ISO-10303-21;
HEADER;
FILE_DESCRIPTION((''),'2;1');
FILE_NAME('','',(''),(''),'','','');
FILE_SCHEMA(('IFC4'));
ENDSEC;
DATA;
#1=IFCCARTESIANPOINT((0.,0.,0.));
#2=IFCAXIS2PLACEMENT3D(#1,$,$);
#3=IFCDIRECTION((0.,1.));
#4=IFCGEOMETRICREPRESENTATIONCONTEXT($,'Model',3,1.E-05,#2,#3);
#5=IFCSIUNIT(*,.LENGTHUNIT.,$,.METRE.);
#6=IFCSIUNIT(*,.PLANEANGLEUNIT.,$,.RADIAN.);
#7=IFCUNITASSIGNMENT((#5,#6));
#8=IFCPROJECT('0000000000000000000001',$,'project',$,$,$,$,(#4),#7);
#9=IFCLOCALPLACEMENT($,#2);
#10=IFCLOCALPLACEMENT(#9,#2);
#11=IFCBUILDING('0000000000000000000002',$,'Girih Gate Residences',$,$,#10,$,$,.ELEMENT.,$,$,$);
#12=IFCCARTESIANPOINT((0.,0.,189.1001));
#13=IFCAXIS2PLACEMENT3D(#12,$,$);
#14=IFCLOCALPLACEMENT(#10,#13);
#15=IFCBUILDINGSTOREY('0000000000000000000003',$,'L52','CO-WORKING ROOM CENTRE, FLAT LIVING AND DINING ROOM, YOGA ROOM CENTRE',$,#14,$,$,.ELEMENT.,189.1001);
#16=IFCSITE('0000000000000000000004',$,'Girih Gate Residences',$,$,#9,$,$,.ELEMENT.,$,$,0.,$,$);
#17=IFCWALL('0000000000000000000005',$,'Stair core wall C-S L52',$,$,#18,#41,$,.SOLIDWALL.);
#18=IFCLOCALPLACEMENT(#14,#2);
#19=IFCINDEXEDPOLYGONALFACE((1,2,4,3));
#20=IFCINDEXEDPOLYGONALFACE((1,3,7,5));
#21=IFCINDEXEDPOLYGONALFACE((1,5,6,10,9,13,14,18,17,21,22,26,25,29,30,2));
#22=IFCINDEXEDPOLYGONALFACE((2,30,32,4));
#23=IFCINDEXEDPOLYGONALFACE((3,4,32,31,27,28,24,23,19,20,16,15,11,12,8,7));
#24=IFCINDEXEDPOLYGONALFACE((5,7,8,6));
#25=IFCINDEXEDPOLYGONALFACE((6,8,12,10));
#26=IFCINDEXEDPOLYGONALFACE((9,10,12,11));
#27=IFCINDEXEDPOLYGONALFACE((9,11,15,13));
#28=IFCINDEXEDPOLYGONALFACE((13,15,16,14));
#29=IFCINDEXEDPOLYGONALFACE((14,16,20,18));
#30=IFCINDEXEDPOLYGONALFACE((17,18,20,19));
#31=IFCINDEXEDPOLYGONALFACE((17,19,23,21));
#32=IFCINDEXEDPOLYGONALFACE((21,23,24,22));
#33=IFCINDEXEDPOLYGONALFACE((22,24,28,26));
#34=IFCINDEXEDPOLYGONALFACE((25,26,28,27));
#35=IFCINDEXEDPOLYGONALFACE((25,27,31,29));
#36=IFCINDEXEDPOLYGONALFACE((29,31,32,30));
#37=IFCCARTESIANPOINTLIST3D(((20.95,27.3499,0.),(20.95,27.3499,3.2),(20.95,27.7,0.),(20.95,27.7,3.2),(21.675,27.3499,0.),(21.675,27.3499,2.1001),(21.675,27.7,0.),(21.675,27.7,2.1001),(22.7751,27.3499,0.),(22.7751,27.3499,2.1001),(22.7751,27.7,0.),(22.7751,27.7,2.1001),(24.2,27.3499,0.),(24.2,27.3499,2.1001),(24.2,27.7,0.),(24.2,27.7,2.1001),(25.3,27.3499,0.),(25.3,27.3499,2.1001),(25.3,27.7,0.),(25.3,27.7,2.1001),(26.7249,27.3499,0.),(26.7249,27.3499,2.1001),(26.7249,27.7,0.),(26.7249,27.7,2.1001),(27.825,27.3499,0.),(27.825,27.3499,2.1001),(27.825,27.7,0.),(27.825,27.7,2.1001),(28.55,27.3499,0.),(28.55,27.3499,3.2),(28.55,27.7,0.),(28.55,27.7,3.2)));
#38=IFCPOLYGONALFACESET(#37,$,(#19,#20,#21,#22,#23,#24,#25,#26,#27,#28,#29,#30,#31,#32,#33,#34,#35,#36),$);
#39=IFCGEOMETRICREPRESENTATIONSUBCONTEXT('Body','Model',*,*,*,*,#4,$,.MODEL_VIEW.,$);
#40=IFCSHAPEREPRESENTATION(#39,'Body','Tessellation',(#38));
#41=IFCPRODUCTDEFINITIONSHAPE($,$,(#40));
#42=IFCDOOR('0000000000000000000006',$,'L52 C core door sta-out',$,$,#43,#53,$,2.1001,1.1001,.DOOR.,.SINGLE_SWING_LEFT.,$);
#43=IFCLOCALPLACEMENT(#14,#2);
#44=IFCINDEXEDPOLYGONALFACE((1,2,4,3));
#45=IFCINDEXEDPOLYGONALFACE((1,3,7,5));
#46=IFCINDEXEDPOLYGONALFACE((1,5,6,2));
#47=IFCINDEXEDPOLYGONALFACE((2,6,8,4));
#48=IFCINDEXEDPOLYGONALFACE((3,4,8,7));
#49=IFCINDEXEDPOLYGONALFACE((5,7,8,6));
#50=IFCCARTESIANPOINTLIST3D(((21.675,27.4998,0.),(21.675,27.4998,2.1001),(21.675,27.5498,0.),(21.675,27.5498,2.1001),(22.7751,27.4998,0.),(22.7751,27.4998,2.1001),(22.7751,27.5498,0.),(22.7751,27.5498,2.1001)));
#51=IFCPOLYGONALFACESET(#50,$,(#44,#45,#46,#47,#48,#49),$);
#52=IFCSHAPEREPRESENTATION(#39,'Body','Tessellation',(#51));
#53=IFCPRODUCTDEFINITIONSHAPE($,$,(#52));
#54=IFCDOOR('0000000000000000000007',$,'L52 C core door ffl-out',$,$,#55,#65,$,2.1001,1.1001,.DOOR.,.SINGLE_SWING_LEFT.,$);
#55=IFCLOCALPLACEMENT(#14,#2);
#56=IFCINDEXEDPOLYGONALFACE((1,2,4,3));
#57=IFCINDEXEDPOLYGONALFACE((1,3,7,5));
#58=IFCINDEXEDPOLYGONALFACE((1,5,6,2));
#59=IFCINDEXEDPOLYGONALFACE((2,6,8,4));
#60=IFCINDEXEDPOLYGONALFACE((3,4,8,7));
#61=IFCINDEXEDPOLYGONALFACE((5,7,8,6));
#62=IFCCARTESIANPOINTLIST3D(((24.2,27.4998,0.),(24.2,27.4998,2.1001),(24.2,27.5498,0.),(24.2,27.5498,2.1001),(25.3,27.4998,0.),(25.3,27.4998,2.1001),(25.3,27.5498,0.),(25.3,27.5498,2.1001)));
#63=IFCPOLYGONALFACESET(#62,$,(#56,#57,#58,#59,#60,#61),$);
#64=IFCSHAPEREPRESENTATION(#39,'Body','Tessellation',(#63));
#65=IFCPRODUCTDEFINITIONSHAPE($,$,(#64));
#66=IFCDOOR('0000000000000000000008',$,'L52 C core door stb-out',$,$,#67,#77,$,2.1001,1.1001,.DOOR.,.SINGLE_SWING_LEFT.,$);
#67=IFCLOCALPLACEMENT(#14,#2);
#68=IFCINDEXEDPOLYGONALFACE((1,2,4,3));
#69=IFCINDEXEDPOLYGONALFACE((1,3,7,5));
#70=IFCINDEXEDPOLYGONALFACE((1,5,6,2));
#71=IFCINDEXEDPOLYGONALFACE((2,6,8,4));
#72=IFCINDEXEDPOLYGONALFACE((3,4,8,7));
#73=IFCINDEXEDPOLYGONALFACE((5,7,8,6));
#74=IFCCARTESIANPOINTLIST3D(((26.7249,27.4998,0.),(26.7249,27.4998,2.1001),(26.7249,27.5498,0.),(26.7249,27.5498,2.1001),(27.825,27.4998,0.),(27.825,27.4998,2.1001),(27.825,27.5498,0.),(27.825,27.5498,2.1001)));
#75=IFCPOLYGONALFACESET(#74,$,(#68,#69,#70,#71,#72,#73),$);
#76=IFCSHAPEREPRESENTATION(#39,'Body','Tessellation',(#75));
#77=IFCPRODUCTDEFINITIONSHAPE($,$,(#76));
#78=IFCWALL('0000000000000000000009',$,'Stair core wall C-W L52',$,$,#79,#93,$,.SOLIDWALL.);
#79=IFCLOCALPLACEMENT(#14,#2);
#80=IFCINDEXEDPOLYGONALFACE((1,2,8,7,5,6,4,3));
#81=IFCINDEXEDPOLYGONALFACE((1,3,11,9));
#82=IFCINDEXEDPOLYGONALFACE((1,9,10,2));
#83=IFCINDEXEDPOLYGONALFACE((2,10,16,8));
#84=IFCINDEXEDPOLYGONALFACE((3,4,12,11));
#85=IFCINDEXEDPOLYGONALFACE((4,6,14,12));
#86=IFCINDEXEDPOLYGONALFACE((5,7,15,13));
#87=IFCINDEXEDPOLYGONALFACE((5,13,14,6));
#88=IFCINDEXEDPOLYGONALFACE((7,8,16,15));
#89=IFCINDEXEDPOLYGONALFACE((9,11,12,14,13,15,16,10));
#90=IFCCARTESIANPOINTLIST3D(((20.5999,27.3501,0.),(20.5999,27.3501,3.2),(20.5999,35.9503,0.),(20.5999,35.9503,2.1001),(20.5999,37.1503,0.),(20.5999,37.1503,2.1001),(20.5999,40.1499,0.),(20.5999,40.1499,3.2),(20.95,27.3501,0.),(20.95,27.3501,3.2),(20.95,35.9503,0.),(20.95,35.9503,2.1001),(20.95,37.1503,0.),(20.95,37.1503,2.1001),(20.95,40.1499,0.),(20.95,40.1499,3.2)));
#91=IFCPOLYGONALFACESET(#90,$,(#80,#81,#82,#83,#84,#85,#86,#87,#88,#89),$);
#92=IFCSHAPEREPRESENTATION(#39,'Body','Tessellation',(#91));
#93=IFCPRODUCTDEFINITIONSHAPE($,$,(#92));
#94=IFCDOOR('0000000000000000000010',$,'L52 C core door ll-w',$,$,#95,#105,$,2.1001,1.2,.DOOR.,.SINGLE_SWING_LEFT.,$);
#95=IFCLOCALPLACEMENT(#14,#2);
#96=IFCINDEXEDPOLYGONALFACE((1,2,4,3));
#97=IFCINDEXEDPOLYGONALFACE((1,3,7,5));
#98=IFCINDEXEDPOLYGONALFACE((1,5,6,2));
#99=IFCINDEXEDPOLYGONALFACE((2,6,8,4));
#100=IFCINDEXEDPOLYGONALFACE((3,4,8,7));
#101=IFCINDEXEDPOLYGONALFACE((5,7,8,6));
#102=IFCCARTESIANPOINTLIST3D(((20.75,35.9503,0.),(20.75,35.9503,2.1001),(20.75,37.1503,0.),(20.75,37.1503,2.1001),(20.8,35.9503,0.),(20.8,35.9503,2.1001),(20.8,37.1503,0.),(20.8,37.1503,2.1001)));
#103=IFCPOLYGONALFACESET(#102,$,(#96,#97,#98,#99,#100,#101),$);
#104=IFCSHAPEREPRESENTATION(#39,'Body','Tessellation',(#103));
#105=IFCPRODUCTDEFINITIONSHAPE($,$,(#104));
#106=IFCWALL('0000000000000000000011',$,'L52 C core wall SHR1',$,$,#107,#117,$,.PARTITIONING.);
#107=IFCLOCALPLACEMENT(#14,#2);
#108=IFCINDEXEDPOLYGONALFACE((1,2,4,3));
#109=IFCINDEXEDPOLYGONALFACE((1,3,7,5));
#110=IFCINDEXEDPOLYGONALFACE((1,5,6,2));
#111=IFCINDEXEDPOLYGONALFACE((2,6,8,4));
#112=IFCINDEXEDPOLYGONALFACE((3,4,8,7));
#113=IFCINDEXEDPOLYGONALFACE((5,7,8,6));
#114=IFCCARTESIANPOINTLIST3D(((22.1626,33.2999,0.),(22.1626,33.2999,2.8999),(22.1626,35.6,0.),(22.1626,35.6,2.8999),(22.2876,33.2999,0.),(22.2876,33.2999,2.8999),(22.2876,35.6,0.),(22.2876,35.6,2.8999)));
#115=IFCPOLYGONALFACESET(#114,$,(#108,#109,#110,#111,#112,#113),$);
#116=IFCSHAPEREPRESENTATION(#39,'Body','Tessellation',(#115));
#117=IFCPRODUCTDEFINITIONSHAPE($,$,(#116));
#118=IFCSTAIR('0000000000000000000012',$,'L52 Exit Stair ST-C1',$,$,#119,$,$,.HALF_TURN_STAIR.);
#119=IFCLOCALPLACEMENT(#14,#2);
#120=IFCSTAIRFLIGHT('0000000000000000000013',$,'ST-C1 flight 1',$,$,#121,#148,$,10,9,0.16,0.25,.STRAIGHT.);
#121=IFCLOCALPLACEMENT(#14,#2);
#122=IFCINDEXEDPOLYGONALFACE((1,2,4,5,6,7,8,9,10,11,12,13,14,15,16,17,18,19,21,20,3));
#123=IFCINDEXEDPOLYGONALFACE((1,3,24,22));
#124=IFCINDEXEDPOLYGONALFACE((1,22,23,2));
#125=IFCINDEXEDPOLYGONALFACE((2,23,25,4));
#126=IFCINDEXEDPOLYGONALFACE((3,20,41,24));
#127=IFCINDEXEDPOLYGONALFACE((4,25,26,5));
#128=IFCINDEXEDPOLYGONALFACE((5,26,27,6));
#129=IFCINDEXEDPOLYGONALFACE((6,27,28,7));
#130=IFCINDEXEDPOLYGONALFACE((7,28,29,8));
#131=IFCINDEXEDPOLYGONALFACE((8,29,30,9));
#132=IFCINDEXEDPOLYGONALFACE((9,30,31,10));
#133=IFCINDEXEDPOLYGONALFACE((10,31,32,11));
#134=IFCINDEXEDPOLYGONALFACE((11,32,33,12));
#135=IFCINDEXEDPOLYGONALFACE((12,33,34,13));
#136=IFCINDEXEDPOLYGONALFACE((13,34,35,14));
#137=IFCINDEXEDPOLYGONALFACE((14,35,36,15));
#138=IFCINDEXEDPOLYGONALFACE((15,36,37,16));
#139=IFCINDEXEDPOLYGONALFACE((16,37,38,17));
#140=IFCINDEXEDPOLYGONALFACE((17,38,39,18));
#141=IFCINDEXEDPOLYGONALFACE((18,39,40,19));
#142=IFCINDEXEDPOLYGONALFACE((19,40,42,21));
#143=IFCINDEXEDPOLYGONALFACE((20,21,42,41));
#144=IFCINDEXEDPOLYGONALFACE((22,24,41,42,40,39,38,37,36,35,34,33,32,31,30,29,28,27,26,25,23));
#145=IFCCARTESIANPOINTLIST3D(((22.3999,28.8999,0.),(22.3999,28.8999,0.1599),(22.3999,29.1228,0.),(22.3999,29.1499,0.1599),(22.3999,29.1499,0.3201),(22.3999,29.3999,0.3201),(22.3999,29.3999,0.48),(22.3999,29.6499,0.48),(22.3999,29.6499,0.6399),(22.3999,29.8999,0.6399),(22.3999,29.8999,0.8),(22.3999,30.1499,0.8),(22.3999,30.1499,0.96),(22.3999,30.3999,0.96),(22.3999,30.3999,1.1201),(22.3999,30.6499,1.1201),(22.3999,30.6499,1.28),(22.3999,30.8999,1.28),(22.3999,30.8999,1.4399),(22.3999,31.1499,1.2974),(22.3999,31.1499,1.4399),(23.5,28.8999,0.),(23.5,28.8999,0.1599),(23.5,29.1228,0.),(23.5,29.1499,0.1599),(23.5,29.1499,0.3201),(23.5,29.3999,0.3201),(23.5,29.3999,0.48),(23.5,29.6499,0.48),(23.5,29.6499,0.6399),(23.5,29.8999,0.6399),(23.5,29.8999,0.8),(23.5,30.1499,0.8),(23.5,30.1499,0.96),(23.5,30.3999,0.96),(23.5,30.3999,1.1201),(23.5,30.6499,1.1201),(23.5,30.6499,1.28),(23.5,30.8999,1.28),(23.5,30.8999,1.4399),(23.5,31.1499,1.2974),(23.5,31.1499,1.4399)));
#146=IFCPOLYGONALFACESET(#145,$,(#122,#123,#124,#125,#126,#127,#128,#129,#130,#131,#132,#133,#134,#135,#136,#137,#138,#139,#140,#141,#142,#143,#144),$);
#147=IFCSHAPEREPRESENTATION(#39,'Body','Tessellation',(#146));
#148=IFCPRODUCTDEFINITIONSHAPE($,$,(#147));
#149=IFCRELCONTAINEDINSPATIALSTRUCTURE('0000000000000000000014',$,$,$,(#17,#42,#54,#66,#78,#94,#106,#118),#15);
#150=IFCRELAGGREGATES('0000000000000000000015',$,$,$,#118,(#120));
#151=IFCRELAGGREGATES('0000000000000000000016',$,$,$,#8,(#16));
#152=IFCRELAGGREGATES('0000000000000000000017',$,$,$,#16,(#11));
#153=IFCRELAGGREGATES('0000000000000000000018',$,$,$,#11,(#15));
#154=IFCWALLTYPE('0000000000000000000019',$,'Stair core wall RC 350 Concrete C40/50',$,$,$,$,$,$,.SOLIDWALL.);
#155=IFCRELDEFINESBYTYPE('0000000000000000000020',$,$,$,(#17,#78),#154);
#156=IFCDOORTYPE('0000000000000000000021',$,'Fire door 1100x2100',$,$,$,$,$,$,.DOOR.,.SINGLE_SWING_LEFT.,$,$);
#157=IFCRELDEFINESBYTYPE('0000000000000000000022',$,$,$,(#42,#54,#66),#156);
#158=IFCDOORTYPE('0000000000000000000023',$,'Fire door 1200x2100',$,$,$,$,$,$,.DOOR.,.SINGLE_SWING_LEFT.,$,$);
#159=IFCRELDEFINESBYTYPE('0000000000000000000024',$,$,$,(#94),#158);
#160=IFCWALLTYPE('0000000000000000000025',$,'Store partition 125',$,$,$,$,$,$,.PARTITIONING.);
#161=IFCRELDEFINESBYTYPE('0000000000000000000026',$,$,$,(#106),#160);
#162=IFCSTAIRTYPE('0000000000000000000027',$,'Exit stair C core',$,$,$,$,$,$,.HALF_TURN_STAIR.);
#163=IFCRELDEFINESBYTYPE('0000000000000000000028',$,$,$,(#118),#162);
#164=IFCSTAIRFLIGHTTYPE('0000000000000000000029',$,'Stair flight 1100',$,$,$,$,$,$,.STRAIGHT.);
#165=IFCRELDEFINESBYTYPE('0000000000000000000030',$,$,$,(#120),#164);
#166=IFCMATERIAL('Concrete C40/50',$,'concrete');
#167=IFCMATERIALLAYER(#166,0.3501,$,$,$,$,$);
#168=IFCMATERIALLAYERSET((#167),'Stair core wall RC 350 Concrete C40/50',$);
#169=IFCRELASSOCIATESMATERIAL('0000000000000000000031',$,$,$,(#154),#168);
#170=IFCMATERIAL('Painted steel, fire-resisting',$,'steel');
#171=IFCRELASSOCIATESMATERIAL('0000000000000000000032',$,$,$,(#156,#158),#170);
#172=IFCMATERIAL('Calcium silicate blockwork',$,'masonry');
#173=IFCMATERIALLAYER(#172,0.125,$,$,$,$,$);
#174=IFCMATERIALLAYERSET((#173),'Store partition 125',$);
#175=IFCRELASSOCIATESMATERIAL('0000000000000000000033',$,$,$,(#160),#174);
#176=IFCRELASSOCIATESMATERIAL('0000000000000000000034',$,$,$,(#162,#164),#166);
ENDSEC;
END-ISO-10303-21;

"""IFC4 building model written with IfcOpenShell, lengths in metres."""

from ifc_helpers import new_model, si_unit, direction, frame, frame_2d, origin, place, context, subcontext, project, spatial, polyline, rectangle, outline, extrude, material, layer, layer_set, type_object, element, fill, aggregate, save


model = new_model("IFC4")

# Units and contexts
model_context = context("Model", 3, precision=1e-05, world=origin(), true_north=direction((0.0, 1.0)))
body_context = subcontext(model_context, "Body", "Model", "MODEL_VIEW")
ifc_project = project(units=[si_unit("LENGTHUNIT", "METRE"), si_unit("PLANEANGLEUNIT", "RADIAN")], contexts=[model_context])

# Site, building, storey
site_placement = place(None, origin())
site = spatial("IfcSite", under=ifc_project, at=site_placement, Name="Girih Gate Residences", CompositionType="ELEMENT", RefElevation=0.0)
building_placement = place(site_placement, origin())
building = spatial("IfcBuilding", under=site, at=building_placement, Name="Girih Gate Residences", CompositionType="ELEMENT")
storey_placement = place(building_placement, frame((0.0, 0.0, 189.1001)))
storey = spatial("IfcBuildingStorey", under=building, at=storey_placement, Name="L52", Description="CO-WORKING ROOM CENTRE, FLAT LIVING AND DINING ROOM, YOGA ROOM CENTRE", CompositionType="ELEMENT", Elevation=189.1001)

# Shared definitions
ifc_material_1 = material(Name="Concrete C40/50", Category="concrete")
ifc_material_2 = material(Name="Painted steel, fire-resisting", Category="steel")

# Wall, openings, doors
ifc_layer_1 = layer(ifc_material_1, 0.3501)
ifc_layer_set_1 = layer_set([ifc_layer_1], Name="Stair core wall RC 350 Concrete C40/50")
wall_type_1 = type_object("IfcWallType", Name="Stair core wall RC 350 Concrete C40/50", PredefinedType="SOLIDWALL", material=ifc_layer_set_1)
wall_1_placement = place(storey_placement, frame((20.95, 27.5249, 0.0), z_axis=(0.0, 0.0, 1.0), x_axis=(1.0, 0.0, 0.0)))
wall_1 = element("IfcWall", 1, at=wall_1_placement, inside=storey, type_object=wall_type_1, Name="Stair core wall C-S L52", PredefinedType="SOLIDWALL", context=body_context, shape_type="SweptSolid", body=[
    extrude(rectangle(XDim=7.6001, YDim=0.3501, at=frame_2d((3.8, 0.0))), origin(), (0.0, 0.0, 1.0), 3.2),
])
opening_1_placement = place(wall_1_placement, frame((0.7251, 0.0, 0.0)))
opening_1 = element("IfcOpeningElement", 2, at=opening_1_placement, cuts=wall_1, PredefinedType="OPENING", context=body_context, shape_type="SweptSolid", body=[
    extrude(rectangle(XDim=1.1001, YDim=2.1001, at=frame_2d((0.55, 1.05))), frame((0.0, 0.1851, 0.0), z_axis=(0.0, -1.0, 0.0), x_axis=(1.0, 0.0, 0.0)), (0.0, 0.0, 1.0), 0.3701),
])
opening_2_placement = place(wall_1_placement, frame((3.25, 0.0, 0.0)))
opening_2 = element("IfcOpeningElement", 3, at=opening_2_placement, cuts=wall_1, PredefinedType="OPENING", context=body_context, shape_type="SweptSolid", body=[
    extrude(rectangle(XDim=1.1001, YDim=2.1001, at=frame_2d((0.55, 1.05))), frame((0.0, 0.1851, 0.0), z_axis=(0.0, -1.0, 0.0), x_axis=(1.0, 0.0, 0.0)), (0.0, 0.0, 1.0), 0.3701),
])
opening_3_placement = place(wall_1_placement, frame((5.7749, 0.0, 0.0)))
opening_3 = element("IfcOpeningElement", 4, at=opening_3_placement, cuts=wall_1, PredefinedType="OPENING", context=body_context, shape_type="SweptSolid", body=[
    extrude(rectangle(XDim=1.1001, YDim=2.1001, at=frame_2d((0.55, 1.05))), frame((0.0, 0.1851, 0.0), z_axis=(0.0, -1.0, 0.0), x_axis=(1.0, 0.0, 0.0)), (0.0, 0.0, 1.0), 0.3701),
])
door_type_1 = type_object("IfcDoorType", Name="Fire door 1100x2100", OperationType="SINGLE_SWING_LEFT", PredefinedType="DOOR", material=ifc_material_2)
door_1_placement = place(opening_1_placement, origin())
door_1 = element("IfcDoor", 5, at=door_1_placement, inside=storey, type_object=door_type_1, Name="L52 C core door sta-out", OperationType="SINGLE_SWING_LEFT", OverallHeight=2.1001, OverallWidth=1.1001, PredefinedType="DOOR", context=body_context, shape_type="SweptSolid", body=[
    extrude(rectangle(XDim=1.1001, YDim=2.1001, at=frame_2d((0.55, 1.05))), frame((0.0, 0.0249, 0.0), z_axis=(0.0, -1.0, 0.0), x_axis=(1.0, 0.0, 0.0)), (0.0, 0.0, 1.0), 0.05),
])
fill(opening_1, door_1)
door_2_placement = place(opening_2_placement, origin())
door_2 = element("IfcDoor", 6, at=door_2_placement, inside=storey, type_object=door_type_1, Name="L52 C core door ffl-out", OperationType="SINGLE_SWING_LEFT", OverallHeight=2.1001, OverallWidth=1.1001, PredefinedType="DOOR", context=body_context, shape_type="SweptSolid", body=[
    extrude(rectangle(XDim=1.1001, YDim=2.1001, at=frame_2d((0.55, 1.05))), frame((0.0, 0.0249, 0.0), z_axis=(0.0, -1.0, 0.0), x_axis=(1.0, 0.0, 0.0)), (0.0, 0.0, 1.0), 0.05),
])
fill(opening_2, door_2)
door_3_placement = place(opening_3_placement, origin())
door_3 = element("IfcDoor", 7, at=door_3_placement, inside=storey, type_object=door_type_1, Name="L52 C core door stb-out", OperationType="SINGLE_SWING_LEFT", OverallHeight=2.1001, OverallWidth=1.1001, PredefinedType="DOOR", context=body_context, shape_type="SweptSolid", body=[
    extrude(rectangle(XDim=1.1001, YDim=2.1001, at=frame_2d((0.55, 1.05))), frame((0.0, 0.0249, 0.0), z_axis=(0.0, -1.0, 0.0), x_axis=(1.0, 0.0, 0.0)), (0.0, 0.0, 1.0), 0.05),
])
fill(opening_3, door_3)

# Wall, opening, door
wall_2_placement = place(storey_placement, frame((20.7749, 27.3501, 0.0), z_axis=(0.0, 0.0, 1.0), x_axis=(0.0, 1.0, 0.0)))
wall_2 = element("IfcWall", 8, at=wall_2_placement, inside=storey, type_object=wall_type_1, Name="Stair core wall C-W L52", PredefinedType="SOLIDWALL", context=body_context, shape_type="SweptSolid", body=[
    extrude(rectangle(XDim=12.7998, YDim=0.3501, at=frame_2d((6.3999, 0.0))), origin(), (0.0, 0.0, 1.0), 3.2),
])
opening_4_placement = place(wall_2_placement, frame((8.6001, 0.0, 0.0)))
opening_4 = element("IfcOpeningElement", 9, at=opening_4_placement, cuts=wall_2, PredefinedType="OPENING", context=body_context, shape_type="SweptSolid", body=[
    extrude(rectangle(XDim=1.2, YDim=2.1001, at=frame_2d((0.6001, 1.05))), frame((0.0, 0.1851, 0.0), z_axis=(0.0, -1.0, 0.0), x_axis=(1.0, 0.0, 0.0)), (0.0, 0.0, 1.0), 0.3701),
])
door_type_2 = type_object("IfcDoorType", Name="Fire door 1200x2100", OperationType="SINGLE_SWING_LEFT", PredefinedType="DOOR", material=ifc_material_2)
door_4_placement = place(opening_4_placement, origin())
door_4 = element("IfcDoor", 10, at=door_4_placement, inside=storey, type_object=door_type_2, Name="L52 C core door ll-w", OperationType="SINGLE_SWING_LEFT", OverallHeight=2.1001, OverallWidth=1.2, PredefinedType="DOOR", context=body_context, shape_type="SweptSolid", body=[
    extrude(rectangle(XDim=1.2, YDim=2.1001, at=frame_2d((0.6001, 1.05))), frame((0.0, 0.0249, 0.0), z_axis=(0.0, -1.0, 0.0), x_axis=(1.0, 0.0, 0.0)), (0.0, 0.0, 1.0), 0.05),
])
fill(opening_4, door_4)

# Wall
ifc_material_3 = material(Name="Calcium silicate blockwork", Category="masonry")
ifc_layer_2 = layer(ifc_material_3, 0.125)
ifc_layer_set_2 = layer_set([ifc_layer_2], Name="Store partition 125")
wall_type_2 = type_object("IfcWallType", Name="Store partition 125", PredefinedType="PARTITIONING", material=ifc_layer_set_2)
wall_3_placement = place(storey_placement, frame((22.2251, 33.3, 0.0), z_axis=(0.0, 0.0, 1.0), x_axis=(0.0, 1.0, 0.0)))
element("IfcWall", 11, at=wall_3_placement, inside=storey, type_object=wall_type_2, Name="L52 C core wall SHR1", PredefinedType="PARTITIONING", context=body_context, shape_type="SweptSolid", body=[
    extrude(rectangle(XDim=2.3, YDim=0.125, at=frame_2d((1.1499, 0.0))), origin(), (0.0, 0.0, 1.0), 2.8999),
])

# Stair, stair flight
stair_type = type_object("IfcStairType", Name="Exit stair C core", PredefinedType="HALF_TURN_STAIR", material=ifc_material_1)
stair_placement = place(storey_placement, origin())
stair = element("IfcStair", 12, at=stair_placement, inside=storey, type_object=stair_type, Name="L52 Exit Stair ST-C1", PredefinedType="HALF_TURN_STAIR")
stair_flight_type = type_object("IfcStairFlightType", Name="Stair flight 1100", PredefinedType="STRAIGHT", material=ifc_material_1)
stair_flight_1_placement = place(storey_placement, frame((22.95, 28.8999, 0.0), z_axis=(0.0, 0.0, 1.0), x_axis=(0.0, 1.0, 0.0)))
stair_flight_1 = element("IfcStairFlight", 13, at=stair_flight_1_placement, type_object=stair_flight_type, Name="ST-C1 flight 1", NumberOfRisers=10, NumberOfTreads=9, PredefinedType="STRAIGHT", RiserHeight=0.16, TreadLength=0.25, context=body_context, shape_type="SweptSolid", body=[
    extrude(outline(polyline([(0.0, 0.0), (0.0, 0.1599), (0.25, 0.1599), (0.25, 0.3201), (0.5, 0.3201), (0.5, 0.48), (0.75, 0.48), (0.75, 0.6399), (1.0, 0.6399), (1.0, 0.8), (1.25, 0.8), (1.25, 0.96), (1.5, 0.96), (1.5, 1.1201), (1.75, 1.1201), (1.75, 1.28), (2.0, 1.28), (2.0, 1.4399), (2.25, 1.4399), (2.25, 1.6001), (2.25, 1.2974), (0.2229, 0.0), (0.0, 0.0)])), frame((0.0, 0.55, 0.0), z_axis=(0.0, -1.0, 0.0), x_axis=(1.0, 0.0, 0.0)), (0.0, 0.0, 1.0), 1.1001),
])
aggregate(stair, [stair_flight_1])

save(model, "model.ifc")
